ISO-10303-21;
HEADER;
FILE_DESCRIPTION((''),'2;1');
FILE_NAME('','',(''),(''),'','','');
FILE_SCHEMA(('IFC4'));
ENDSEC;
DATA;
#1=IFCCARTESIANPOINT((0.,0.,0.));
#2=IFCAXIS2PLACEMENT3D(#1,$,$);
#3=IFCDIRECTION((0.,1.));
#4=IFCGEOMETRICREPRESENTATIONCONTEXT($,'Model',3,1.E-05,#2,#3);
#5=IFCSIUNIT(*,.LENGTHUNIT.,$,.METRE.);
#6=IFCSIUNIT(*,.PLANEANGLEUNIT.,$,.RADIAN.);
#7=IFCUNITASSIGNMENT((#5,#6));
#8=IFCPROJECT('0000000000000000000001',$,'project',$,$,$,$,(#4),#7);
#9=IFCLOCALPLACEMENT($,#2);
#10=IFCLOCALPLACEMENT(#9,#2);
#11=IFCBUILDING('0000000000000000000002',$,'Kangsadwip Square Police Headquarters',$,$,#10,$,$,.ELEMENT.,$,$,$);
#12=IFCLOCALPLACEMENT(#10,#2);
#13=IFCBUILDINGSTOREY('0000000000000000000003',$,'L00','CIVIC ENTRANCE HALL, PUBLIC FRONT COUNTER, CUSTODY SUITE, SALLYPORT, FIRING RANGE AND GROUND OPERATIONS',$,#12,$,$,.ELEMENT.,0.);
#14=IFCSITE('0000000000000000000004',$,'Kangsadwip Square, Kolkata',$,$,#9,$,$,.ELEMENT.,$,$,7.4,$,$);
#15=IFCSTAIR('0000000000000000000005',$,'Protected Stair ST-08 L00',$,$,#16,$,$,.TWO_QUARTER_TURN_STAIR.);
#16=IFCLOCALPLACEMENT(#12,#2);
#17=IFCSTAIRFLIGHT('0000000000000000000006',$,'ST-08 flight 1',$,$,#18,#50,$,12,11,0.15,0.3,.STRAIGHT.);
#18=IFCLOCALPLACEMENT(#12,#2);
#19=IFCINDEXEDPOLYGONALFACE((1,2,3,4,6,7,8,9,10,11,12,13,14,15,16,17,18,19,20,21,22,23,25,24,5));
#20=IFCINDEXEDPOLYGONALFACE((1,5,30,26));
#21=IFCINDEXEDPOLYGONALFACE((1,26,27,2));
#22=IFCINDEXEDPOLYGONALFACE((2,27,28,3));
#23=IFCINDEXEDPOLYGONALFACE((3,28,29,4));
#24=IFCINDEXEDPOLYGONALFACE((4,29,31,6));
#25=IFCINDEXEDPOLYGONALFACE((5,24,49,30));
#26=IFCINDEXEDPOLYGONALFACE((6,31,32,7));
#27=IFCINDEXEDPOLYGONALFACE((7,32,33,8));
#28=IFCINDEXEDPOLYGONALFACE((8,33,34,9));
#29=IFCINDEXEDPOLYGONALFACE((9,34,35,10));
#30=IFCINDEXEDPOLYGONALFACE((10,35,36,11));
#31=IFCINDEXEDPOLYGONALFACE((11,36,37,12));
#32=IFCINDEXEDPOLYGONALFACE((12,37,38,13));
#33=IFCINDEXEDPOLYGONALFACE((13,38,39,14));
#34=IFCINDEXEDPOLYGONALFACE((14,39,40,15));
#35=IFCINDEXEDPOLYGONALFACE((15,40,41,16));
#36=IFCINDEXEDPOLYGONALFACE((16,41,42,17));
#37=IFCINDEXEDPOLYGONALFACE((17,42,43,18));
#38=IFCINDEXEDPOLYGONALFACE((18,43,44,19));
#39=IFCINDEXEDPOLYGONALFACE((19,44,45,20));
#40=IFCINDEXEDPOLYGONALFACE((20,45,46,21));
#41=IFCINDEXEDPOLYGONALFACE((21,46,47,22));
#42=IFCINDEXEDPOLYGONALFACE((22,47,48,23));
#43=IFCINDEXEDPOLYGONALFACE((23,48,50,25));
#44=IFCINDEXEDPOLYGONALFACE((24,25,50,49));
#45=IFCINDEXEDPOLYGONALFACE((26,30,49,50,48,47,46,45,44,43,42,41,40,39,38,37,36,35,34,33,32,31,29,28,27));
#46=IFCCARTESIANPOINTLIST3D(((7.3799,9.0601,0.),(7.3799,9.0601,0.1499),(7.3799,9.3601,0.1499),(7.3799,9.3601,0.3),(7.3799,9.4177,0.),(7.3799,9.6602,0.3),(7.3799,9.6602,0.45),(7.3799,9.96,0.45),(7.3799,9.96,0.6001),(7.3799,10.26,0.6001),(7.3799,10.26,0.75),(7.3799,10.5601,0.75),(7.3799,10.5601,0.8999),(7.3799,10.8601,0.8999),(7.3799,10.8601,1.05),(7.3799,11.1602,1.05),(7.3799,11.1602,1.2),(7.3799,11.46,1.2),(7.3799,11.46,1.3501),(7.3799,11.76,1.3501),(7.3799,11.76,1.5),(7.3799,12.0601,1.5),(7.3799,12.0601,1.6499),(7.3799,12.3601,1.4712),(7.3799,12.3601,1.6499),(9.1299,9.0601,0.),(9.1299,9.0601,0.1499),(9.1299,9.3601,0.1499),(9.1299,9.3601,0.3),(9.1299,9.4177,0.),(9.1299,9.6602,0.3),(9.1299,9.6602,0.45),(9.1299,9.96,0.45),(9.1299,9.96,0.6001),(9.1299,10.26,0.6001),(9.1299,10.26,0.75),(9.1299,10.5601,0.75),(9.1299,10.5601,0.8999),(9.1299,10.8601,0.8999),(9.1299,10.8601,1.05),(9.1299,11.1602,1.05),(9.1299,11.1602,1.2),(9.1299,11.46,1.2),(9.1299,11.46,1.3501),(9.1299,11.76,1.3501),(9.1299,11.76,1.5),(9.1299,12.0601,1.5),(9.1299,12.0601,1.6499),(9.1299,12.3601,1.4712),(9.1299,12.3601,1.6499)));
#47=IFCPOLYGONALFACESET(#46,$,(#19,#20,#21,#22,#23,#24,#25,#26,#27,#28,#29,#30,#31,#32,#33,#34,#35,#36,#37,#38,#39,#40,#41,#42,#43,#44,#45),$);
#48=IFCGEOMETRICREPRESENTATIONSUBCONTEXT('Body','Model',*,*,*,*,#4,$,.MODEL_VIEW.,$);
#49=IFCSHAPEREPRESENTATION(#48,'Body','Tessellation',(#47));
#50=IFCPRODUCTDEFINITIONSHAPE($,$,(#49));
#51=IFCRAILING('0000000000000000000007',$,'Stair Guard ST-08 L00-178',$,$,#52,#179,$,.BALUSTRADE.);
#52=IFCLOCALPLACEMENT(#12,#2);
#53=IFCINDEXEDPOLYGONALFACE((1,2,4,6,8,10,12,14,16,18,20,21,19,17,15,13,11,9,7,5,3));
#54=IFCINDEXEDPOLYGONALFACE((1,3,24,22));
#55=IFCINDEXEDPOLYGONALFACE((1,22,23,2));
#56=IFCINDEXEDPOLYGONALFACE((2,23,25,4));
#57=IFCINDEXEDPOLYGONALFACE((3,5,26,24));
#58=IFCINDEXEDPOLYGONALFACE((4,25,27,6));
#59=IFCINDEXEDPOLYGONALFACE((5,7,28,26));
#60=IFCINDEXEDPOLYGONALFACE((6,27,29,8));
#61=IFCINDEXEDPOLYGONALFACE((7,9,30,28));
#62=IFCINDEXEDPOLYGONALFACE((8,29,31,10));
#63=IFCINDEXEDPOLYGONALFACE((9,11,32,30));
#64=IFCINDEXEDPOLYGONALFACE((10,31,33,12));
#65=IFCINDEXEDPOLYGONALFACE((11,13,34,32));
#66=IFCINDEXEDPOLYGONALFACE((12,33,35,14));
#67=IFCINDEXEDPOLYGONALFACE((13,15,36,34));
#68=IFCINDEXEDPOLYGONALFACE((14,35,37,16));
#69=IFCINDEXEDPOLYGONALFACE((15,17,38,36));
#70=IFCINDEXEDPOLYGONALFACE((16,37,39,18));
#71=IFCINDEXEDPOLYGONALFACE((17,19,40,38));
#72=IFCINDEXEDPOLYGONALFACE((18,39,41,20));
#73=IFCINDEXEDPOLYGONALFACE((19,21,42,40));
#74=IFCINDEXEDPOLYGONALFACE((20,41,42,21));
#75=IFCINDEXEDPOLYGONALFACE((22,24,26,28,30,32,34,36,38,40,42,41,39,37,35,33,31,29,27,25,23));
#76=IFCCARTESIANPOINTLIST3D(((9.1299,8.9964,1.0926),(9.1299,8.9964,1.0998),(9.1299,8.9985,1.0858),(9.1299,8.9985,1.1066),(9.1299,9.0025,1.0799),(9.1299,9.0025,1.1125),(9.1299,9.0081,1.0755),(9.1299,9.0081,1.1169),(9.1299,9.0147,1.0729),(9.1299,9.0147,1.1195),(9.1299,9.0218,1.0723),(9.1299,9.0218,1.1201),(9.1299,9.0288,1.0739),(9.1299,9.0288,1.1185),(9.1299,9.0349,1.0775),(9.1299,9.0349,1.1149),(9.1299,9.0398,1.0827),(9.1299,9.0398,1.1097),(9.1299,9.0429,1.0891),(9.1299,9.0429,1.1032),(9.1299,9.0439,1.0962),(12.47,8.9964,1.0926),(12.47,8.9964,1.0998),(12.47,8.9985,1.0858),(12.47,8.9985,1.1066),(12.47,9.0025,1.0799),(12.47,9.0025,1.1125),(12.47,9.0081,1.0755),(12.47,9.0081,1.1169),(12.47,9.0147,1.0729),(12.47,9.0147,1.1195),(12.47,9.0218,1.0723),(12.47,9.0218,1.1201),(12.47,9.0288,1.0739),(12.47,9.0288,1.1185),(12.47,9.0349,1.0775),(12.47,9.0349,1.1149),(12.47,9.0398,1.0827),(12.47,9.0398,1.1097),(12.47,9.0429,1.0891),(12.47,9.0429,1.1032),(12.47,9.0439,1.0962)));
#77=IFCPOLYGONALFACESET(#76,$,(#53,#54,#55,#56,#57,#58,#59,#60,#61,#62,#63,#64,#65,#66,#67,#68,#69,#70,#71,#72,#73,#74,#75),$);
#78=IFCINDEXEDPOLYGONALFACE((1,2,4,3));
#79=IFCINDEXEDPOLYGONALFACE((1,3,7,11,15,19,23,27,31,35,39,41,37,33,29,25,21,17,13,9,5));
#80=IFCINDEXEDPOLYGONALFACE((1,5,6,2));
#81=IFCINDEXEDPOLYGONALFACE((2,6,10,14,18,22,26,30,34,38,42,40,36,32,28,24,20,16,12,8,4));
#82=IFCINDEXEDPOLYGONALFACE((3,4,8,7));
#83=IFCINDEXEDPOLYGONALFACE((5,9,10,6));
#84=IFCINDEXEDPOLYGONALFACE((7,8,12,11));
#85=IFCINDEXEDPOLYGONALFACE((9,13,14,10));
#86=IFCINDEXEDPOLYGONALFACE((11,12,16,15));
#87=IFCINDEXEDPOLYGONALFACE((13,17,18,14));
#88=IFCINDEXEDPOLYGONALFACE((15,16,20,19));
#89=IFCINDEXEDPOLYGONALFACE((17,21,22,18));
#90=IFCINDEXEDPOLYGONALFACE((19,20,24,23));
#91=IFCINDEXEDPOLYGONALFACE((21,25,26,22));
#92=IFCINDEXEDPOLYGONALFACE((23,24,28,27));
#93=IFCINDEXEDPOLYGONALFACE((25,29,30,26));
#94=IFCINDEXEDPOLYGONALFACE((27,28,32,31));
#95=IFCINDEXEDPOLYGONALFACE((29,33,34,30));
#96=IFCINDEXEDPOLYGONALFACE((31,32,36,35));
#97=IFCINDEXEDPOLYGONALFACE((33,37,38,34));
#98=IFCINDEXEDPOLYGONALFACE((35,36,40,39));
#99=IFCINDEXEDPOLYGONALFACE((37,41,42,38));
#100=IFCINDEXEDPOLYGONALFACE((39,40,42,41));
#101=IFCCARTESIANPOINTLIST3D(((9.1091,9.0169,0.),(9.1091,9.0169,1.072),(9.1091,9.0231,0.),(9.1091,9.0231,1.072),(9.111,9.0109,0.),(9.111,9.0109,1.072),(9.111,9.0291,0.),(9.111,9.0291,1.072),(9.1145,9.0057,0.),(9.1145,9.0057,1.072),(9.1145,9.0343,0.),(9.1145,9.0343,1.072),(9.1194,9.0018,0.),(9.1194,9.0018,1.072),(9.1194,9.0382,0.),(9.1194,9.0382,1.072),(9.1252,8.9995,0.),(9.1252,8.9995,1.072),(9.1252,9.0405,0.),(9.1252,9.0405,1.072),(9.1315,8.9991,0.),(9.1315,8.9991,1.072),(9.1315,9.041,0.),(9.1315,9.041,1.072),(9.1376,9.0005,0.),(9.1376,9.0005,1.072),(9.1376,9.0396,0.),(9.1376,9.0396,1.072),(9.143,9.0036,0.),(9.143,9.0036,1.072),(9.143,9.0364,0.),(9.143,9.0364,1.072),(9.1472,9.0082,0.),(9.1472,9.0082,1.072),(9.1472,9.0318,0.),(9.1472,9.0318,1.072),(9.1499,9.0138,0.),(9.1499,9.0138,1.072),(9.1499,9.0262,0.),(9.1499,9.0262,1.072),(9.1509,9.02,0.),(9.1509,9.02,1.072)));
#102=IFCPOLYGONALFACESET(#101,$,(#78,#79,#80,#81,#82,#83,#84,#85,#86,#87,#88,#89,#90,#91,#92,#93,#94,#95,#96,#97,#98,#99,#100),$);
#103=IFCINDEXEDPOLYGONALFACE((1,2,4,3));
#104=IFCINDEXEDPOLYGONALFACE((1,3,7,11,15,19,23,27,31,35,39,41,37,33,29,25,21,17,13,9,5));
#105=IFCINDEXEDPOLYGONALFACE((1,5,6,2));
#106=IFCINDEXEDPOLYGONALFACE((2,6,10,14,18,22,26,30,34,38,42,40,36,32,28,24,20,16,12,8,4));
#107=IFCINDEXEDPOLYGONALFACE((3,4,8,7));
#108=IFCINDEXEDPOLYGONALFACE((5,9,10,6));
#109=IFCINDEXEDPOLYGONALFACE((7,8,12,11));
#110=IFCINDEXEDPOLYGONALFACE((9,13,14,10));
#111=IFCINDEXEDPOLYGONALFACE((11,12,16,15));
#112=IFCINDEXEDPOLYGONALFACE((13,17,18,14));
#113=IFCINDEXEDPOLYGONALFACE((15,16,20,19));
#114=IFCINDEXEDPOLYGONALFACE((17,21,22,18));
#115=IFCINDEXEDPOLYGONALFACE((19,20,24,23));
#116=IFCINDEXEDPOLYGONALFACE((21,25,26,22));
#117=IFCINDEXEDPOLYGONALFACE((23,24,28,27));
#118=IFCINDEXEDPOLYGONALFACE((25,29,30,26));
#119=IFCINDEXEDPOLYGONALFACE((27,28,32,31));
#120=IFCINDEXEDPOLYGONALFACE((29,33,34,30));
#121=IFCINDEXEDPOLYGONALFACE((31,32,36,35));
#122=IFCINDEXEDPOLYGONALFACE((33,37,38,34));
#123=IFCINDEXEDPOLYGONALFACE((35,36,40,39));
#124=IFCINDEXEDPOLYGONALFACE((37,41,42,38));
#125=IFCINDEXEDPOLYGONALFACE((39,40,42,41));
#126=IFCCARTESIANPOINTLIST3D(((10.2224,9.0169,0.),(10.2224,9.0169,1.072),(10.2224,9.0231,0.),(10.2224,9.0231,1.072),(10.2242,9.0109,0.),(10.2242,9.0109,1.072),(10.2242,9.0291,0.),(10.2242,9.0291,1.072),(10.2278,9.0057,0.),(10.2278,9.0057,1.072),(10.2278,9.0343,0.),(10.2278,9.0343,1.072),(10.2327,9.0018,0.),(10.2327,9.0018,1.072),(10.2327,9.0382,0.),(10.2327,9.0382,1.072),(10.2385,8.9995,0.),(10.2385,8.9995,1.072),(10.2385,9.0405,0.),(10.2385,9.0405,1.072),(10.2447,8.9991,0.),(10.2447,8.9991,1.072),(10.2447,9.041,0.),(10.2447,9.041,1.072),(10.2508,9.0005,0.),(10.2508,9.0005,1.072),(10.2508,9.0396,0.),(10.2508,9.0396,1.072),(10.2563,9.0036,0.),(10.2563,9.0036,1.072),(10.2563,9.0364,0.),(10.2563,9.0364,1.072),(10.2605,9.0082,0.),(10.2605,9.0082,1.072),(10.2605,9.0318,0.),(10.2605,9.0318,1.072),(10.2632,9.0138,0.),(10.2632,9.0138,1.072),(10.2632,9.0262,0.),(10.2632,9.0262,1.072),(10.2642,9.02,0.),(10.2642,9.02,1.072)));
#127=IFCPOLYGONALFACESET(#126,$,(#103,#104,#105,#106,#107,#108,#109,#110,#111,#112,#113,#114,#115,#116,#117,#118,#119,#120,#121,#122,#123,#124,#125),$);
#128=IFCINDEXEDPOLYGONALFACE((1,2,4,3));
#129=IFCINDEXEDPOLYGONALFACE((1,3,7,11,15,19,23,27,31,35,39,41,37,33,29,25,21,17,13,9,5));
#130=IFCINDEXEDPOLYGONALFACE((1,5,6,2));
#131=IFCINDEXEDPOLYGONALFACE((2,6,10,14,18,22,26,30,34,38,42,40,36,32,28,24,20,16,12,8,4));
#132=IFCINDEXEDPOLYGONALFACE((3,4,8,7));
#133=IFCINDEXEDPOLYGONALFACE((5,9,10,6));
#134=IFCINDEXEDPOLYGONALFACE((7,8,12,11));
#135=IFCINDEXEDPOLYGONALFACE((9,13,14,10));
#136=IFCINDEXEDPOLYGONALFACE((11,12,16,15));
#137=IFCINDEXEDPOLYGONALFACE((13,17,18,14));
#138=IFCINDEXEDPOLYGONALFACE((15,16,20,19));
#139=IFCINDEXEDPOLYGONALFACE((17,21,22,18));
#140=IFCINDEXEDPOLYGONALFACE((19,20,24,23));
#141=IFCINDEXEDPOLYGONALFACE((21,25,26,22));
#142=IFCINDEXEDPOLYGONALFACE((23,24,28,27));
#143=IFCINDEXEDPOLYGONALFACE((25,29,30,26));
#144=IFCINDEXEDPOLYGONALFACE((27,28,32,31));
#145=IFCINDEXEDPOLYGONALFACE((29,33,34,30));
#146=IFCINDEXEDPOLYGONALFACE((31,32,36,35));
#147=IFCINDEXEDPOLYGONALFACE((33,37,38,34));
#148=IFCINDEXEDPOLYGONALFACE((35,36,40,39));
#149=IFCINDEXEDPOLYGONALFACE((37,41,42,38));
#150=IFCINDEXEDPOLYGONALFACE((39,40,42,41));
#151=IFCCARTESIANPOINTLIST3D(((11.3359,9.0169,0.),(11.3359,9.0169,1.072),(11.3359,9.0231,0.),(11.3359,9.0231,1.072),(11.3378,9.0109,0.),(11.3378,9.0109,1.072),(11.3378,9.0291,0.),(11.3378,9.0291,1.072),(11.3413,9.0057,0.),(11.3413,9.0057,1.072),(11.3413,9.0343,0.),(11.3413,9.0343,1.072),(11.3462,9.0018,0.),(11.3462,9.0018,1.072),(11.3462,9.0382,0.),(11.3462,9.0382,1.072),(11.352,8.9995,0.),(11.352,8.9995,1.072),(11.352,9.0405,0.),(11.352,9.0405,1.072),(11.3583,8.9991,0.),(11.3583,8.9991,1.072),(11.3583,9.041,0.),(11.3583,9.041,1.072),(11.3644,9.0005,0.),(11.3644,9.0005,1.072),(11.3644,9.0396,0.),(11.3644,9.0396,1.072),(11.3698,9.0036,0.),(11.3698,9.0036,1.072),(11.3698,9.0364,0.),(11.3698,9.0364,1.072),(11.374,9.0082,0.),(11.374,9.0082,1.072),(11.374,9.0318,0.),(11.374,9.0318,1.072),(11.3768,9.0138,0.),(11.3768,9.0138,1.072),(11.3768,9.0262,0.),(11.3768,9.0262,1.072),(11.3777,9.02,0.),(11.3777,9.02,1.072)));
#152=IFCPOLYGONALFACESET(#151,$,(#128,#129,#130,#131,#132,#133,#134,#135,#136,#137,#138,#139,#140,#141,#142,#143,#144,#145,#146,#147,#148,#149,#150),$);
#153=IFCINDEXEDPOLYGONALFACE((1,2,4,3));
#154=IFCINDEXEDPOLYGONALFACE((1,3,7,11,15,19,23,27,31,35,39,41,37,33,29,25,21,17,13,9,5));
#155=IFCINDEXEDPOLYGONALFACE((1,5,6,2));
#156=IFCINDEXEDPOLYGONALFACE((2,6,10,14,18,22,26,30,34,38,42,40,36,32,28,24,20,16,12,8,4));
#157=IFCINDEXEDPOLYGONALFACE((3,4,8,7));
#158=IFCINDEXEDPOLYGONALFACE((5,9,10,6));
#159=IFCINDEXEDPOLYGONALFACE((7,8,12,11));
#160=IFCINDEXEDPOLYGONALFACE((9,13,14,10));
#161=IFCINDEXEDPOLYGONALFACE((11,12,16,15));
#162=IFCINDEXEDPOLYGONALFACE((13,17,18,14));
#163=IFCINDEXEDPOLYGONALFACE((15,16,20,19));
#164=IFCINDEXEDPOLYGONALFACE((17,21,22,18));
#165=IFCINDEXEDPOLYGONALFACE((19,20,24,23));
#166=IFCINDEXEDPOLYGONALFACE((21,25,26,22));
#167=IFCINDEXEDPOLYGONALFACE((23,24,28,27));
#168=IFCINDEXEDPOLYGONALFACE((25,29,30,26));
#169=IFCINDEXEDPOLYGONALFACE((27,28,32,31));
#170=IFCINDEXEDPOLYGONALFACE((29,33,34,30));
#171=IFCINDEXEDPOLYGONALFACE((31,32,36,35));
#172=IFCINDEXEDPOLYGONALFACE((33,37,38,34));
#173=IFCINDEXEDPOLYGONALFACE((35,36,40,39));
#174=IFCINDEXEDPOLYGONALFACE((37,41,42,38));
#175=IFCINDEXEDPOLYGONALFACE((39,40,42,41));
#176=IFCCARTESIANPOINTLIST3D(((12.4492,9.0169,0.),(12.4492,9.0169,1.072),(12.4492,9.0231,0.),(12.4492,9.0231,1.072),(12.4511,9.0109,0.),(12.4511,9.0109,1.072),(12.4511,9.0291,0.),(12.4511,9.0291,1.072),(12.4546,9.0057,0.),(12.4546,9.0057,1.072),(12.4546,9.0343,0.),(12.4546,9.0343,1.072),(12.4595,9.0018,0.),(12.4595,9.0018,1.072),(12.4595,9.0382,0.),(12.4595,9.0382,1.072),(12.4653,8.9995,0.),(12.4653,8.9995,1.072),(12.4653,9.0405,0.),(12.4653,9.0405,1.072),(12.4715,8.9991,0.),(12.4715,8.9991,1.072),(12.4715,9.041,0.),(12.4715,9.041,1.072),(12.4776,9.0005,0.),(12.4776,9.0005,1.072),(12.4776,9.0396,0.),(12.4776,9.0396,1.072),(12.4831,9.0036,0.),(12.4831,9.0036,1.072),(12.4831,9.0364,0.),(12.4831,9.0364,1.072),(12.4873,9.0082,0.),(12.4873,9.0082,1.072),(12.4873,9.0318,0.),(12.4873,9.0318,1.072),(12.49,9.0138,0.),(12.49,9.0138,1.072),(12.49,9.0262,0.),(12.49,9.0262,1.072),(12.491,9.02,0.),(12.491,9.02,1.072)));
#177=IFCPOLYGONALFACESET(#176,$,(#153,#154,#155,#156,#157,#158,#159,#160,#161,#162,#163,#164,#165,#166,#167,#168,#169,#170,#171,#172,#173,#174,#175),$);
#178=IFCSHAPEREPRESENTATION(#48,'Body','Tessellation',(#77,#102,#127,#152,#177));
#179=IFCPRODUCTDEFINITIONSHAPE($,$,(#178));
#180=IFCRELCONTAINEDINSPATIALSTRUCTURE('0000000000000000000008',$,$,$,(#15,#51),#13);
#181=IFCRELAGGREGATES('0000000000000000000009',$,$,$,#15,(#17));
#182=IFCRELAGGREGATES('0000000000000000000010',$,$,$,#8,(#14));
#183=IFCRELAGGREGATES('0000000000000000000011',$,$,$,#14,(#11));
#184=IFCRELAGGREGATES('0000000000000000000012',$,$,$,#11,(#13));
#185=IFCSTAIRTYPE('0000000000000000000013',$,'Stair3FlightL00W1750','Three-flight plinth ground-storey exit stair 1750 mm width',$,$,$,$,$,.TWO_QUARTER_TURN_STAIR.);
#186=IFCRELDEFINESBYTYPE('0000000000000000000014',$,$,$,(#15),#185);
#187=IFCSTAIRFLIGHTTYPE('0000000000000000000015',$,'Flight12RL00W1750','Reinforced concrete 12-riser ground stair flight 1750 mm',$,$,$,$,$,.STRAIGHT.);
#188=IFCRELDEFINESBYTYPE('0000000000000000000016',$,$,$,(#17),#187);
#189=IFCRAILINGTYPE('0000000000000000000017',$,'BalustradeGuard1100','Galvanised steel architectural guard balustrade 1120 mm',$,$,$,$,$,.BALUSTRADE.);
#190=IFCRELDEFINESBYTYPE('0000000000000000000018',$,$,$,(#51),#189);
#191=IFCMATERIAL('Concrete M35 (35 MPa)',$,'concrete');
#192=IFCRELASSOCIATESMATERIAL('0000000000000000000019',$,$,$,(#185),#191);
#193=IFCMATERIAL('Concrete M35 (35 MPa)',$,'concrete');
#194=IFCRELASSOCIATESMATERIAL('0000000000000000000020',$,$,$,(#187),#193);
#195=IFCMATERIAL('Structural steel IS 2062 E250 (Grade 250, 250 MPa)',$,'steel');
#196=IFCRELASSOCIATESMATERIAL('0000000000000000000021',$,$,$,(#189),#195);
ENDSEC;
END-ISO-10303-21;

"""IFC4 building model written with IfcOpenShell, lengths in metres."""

from ifc_helpers import new_model, si_unit, direction, frame, origin, origin_2d, place, context, subcontext, project, spatial, polyline, circle, outline, extrude, material, type_object, element, aggregate, save


model = new_model("IFC4")

# Units and contexts
model_context = context("Model", 3, precision=1e-05, world=origin(), true_north=direction((0.0, 1.0)))
body_context = subcontext(model_context, "Body", "Model", "MODEL_VIEW")
ifc_project = project(units=[si_unit("LENGTHUNIT", "METRE"), si_unit("PLANEANGLEUNIT", "RADIAN")], contexts=[model_context])

# Site, building, storey
site_placement = place(None, origin())
site = spatial("IfcSite", under=ifc_project, at=site_placement, Name="Kangsadwip Square, Kolkata", CompositionType="ELEMENT", RefElevation=7.4)
building_placement = place(site_placement, origin())
building = spatial("IfcBuilding", under=site, at=building_placement, Name="Kangsadwip Square Police Headquarters", CompositionType="ELEMENT")
storey_placement = place(building_placement, origin())
storey = spatial("IfcBuildingStorey", under=building, at=storey_placement, Name="L00", Description="CIVIC ENTRANCE HALL, PUBLIC FRONT COUNTER, CUSTODY SUITE, SALLYPORT, FIRING RANGE AND GROUND OPERATIONS", CompositionType="ELEMENT", Elevation=0.0)

# Stair, stair flight
ifc_material_1 = material(Name="Concrete M35 (35 MPa)", Category="concrete")
stair_type = type_object("IfcStairType", Name="Stair3FlightL00W1750", Description="Three-flight plinth ground-storey exit stair 1750 mm width", PredefinedType="TWO_QUARTER_TURN_STAIR", material=ifc_material_1)
stair_placement = place(storey_placement, origin())
stair = element("IfcStair", 1, at=stair_placement, inside=storey, type_object=stair_type, Name="Protected Stair ST-08 L00", PredefinedType="TWO_QUARTER_TURN_STAIR")
ifc_material_2 = material(Name="Concrete M35 (35 MPa)", Category="concrete")
stair_flight_type = type_object("IfcStairFlightType", Name="Flight12RL00W1750", Description="Reinforced concrete 12-riser ground stair flight 1750 mm", PredefinedType="STRAIGHT", material=ifc_material_2)
stair_flight_placement = place(storey_placement, frame((8.2549, 9.0601, 0.0), z_axis=(0.0, 0.0, 1.0), x_axis=(0.0, 1.0, 0.0)))
stair_flight = element("IfcStairFlight", 2, at=stair_flight_placement, type_object=stair_flight_type, Name="ST-08 flight 1", NumberOfRisers=12, NumberOfTreads=11, PredefinedType="STRAIGHT", RiserHeight=0.15, TreadLength=0.3, context=body_context, shape_type="SweptSolid", body=[
    extrude(outline(polyline([(0.0, 0.0), (0.0, 0.1499), (0.3, 0.1499), (0.3, 0.3), (0.6001, 0.3), (0.6001, 0.45), (0.8999, 0.45), (0.8999, 0.6001), (1.2, 0.6001), (1.2, 0.75), (1.5, 0.75), (1.5, 0.8999), (1.8, 0.8999), (1.8, 1.05), (2.1001, 1.05), (2.1001, 1.2), (2.3999, 1.2), (2.3999, 1.3501), (2.7, 1.3501), (2.7, 1.5), (3.0, 1.5), (3.0, 1.6499), (3.3, 1.6499), (3.3, 1.8), (3.3, 1.4712), (0.3577, 0.0), (0.0, 0.0)])), frame((0.0, 0.875, 0.0), z_axis=(0.0, -1.0, 0.0), x_axis=(1.0, 0.0, 0.0)), (0.0, 0.0, 1.0), 1.75),
])
aggregate(stair, [stair_flight])

# Railing
ifc_material_3 = material(Name="Structural steel IS 2062 E250 (Grade 250, 250 MPa)", Category="steel")
railing_type_1 = type_object("IfcRailingType", Name="BalustradeGuard1100", Description="Galvanised steel architectural guard balustrade 1120 mm", PredefinedType="BALUSTRADE", material=ifc_material_3)
railing_1_placement = place(storey_placement, frame((9.1299, 9.02, 0.0)))
element("IfcRailing", 3, at=railing_1_placement, inside=storey, type_object=railing_type_1, Name="Stair Guard ST-08 L00-178", PredefinedType="BALUSTRADE", context=body_context, shape_type="SweptSolid", body=[
    extrude(circle(Radius=0.0239, at=origin_2d()), frame((0.0, 0.0, 1.0962), z_axis=(1.0, 0.0, 0.0), x_axis=(0.0, 1.0, 0.0)), (0.0, 0.0, 1.0), 3.3401),
    extrude(circle(Radius=0.021, at=origin_2d()), origin(), (0.0, 0.0, 1.0), 1.072),
    extrude(circle(Radius=0.021, at=origin_2d()), frame((1.1133, 0.0, 0.0)), (0.0, 0.0, 1.0), 1.072),
    extrude(circle(Radius=0.021, at=origin_2d()), frame((2.2268, 0.0, 0.0)), (0.0, 0.0, 1.0), 1.072),
    extrude(circle(Radius=0.021, at=origin_2d()), frame((3.3401, 0.0, 0.0)), (0.0, 0.0, 1.0), 1.072),
])

save(model, "model.ifc")
